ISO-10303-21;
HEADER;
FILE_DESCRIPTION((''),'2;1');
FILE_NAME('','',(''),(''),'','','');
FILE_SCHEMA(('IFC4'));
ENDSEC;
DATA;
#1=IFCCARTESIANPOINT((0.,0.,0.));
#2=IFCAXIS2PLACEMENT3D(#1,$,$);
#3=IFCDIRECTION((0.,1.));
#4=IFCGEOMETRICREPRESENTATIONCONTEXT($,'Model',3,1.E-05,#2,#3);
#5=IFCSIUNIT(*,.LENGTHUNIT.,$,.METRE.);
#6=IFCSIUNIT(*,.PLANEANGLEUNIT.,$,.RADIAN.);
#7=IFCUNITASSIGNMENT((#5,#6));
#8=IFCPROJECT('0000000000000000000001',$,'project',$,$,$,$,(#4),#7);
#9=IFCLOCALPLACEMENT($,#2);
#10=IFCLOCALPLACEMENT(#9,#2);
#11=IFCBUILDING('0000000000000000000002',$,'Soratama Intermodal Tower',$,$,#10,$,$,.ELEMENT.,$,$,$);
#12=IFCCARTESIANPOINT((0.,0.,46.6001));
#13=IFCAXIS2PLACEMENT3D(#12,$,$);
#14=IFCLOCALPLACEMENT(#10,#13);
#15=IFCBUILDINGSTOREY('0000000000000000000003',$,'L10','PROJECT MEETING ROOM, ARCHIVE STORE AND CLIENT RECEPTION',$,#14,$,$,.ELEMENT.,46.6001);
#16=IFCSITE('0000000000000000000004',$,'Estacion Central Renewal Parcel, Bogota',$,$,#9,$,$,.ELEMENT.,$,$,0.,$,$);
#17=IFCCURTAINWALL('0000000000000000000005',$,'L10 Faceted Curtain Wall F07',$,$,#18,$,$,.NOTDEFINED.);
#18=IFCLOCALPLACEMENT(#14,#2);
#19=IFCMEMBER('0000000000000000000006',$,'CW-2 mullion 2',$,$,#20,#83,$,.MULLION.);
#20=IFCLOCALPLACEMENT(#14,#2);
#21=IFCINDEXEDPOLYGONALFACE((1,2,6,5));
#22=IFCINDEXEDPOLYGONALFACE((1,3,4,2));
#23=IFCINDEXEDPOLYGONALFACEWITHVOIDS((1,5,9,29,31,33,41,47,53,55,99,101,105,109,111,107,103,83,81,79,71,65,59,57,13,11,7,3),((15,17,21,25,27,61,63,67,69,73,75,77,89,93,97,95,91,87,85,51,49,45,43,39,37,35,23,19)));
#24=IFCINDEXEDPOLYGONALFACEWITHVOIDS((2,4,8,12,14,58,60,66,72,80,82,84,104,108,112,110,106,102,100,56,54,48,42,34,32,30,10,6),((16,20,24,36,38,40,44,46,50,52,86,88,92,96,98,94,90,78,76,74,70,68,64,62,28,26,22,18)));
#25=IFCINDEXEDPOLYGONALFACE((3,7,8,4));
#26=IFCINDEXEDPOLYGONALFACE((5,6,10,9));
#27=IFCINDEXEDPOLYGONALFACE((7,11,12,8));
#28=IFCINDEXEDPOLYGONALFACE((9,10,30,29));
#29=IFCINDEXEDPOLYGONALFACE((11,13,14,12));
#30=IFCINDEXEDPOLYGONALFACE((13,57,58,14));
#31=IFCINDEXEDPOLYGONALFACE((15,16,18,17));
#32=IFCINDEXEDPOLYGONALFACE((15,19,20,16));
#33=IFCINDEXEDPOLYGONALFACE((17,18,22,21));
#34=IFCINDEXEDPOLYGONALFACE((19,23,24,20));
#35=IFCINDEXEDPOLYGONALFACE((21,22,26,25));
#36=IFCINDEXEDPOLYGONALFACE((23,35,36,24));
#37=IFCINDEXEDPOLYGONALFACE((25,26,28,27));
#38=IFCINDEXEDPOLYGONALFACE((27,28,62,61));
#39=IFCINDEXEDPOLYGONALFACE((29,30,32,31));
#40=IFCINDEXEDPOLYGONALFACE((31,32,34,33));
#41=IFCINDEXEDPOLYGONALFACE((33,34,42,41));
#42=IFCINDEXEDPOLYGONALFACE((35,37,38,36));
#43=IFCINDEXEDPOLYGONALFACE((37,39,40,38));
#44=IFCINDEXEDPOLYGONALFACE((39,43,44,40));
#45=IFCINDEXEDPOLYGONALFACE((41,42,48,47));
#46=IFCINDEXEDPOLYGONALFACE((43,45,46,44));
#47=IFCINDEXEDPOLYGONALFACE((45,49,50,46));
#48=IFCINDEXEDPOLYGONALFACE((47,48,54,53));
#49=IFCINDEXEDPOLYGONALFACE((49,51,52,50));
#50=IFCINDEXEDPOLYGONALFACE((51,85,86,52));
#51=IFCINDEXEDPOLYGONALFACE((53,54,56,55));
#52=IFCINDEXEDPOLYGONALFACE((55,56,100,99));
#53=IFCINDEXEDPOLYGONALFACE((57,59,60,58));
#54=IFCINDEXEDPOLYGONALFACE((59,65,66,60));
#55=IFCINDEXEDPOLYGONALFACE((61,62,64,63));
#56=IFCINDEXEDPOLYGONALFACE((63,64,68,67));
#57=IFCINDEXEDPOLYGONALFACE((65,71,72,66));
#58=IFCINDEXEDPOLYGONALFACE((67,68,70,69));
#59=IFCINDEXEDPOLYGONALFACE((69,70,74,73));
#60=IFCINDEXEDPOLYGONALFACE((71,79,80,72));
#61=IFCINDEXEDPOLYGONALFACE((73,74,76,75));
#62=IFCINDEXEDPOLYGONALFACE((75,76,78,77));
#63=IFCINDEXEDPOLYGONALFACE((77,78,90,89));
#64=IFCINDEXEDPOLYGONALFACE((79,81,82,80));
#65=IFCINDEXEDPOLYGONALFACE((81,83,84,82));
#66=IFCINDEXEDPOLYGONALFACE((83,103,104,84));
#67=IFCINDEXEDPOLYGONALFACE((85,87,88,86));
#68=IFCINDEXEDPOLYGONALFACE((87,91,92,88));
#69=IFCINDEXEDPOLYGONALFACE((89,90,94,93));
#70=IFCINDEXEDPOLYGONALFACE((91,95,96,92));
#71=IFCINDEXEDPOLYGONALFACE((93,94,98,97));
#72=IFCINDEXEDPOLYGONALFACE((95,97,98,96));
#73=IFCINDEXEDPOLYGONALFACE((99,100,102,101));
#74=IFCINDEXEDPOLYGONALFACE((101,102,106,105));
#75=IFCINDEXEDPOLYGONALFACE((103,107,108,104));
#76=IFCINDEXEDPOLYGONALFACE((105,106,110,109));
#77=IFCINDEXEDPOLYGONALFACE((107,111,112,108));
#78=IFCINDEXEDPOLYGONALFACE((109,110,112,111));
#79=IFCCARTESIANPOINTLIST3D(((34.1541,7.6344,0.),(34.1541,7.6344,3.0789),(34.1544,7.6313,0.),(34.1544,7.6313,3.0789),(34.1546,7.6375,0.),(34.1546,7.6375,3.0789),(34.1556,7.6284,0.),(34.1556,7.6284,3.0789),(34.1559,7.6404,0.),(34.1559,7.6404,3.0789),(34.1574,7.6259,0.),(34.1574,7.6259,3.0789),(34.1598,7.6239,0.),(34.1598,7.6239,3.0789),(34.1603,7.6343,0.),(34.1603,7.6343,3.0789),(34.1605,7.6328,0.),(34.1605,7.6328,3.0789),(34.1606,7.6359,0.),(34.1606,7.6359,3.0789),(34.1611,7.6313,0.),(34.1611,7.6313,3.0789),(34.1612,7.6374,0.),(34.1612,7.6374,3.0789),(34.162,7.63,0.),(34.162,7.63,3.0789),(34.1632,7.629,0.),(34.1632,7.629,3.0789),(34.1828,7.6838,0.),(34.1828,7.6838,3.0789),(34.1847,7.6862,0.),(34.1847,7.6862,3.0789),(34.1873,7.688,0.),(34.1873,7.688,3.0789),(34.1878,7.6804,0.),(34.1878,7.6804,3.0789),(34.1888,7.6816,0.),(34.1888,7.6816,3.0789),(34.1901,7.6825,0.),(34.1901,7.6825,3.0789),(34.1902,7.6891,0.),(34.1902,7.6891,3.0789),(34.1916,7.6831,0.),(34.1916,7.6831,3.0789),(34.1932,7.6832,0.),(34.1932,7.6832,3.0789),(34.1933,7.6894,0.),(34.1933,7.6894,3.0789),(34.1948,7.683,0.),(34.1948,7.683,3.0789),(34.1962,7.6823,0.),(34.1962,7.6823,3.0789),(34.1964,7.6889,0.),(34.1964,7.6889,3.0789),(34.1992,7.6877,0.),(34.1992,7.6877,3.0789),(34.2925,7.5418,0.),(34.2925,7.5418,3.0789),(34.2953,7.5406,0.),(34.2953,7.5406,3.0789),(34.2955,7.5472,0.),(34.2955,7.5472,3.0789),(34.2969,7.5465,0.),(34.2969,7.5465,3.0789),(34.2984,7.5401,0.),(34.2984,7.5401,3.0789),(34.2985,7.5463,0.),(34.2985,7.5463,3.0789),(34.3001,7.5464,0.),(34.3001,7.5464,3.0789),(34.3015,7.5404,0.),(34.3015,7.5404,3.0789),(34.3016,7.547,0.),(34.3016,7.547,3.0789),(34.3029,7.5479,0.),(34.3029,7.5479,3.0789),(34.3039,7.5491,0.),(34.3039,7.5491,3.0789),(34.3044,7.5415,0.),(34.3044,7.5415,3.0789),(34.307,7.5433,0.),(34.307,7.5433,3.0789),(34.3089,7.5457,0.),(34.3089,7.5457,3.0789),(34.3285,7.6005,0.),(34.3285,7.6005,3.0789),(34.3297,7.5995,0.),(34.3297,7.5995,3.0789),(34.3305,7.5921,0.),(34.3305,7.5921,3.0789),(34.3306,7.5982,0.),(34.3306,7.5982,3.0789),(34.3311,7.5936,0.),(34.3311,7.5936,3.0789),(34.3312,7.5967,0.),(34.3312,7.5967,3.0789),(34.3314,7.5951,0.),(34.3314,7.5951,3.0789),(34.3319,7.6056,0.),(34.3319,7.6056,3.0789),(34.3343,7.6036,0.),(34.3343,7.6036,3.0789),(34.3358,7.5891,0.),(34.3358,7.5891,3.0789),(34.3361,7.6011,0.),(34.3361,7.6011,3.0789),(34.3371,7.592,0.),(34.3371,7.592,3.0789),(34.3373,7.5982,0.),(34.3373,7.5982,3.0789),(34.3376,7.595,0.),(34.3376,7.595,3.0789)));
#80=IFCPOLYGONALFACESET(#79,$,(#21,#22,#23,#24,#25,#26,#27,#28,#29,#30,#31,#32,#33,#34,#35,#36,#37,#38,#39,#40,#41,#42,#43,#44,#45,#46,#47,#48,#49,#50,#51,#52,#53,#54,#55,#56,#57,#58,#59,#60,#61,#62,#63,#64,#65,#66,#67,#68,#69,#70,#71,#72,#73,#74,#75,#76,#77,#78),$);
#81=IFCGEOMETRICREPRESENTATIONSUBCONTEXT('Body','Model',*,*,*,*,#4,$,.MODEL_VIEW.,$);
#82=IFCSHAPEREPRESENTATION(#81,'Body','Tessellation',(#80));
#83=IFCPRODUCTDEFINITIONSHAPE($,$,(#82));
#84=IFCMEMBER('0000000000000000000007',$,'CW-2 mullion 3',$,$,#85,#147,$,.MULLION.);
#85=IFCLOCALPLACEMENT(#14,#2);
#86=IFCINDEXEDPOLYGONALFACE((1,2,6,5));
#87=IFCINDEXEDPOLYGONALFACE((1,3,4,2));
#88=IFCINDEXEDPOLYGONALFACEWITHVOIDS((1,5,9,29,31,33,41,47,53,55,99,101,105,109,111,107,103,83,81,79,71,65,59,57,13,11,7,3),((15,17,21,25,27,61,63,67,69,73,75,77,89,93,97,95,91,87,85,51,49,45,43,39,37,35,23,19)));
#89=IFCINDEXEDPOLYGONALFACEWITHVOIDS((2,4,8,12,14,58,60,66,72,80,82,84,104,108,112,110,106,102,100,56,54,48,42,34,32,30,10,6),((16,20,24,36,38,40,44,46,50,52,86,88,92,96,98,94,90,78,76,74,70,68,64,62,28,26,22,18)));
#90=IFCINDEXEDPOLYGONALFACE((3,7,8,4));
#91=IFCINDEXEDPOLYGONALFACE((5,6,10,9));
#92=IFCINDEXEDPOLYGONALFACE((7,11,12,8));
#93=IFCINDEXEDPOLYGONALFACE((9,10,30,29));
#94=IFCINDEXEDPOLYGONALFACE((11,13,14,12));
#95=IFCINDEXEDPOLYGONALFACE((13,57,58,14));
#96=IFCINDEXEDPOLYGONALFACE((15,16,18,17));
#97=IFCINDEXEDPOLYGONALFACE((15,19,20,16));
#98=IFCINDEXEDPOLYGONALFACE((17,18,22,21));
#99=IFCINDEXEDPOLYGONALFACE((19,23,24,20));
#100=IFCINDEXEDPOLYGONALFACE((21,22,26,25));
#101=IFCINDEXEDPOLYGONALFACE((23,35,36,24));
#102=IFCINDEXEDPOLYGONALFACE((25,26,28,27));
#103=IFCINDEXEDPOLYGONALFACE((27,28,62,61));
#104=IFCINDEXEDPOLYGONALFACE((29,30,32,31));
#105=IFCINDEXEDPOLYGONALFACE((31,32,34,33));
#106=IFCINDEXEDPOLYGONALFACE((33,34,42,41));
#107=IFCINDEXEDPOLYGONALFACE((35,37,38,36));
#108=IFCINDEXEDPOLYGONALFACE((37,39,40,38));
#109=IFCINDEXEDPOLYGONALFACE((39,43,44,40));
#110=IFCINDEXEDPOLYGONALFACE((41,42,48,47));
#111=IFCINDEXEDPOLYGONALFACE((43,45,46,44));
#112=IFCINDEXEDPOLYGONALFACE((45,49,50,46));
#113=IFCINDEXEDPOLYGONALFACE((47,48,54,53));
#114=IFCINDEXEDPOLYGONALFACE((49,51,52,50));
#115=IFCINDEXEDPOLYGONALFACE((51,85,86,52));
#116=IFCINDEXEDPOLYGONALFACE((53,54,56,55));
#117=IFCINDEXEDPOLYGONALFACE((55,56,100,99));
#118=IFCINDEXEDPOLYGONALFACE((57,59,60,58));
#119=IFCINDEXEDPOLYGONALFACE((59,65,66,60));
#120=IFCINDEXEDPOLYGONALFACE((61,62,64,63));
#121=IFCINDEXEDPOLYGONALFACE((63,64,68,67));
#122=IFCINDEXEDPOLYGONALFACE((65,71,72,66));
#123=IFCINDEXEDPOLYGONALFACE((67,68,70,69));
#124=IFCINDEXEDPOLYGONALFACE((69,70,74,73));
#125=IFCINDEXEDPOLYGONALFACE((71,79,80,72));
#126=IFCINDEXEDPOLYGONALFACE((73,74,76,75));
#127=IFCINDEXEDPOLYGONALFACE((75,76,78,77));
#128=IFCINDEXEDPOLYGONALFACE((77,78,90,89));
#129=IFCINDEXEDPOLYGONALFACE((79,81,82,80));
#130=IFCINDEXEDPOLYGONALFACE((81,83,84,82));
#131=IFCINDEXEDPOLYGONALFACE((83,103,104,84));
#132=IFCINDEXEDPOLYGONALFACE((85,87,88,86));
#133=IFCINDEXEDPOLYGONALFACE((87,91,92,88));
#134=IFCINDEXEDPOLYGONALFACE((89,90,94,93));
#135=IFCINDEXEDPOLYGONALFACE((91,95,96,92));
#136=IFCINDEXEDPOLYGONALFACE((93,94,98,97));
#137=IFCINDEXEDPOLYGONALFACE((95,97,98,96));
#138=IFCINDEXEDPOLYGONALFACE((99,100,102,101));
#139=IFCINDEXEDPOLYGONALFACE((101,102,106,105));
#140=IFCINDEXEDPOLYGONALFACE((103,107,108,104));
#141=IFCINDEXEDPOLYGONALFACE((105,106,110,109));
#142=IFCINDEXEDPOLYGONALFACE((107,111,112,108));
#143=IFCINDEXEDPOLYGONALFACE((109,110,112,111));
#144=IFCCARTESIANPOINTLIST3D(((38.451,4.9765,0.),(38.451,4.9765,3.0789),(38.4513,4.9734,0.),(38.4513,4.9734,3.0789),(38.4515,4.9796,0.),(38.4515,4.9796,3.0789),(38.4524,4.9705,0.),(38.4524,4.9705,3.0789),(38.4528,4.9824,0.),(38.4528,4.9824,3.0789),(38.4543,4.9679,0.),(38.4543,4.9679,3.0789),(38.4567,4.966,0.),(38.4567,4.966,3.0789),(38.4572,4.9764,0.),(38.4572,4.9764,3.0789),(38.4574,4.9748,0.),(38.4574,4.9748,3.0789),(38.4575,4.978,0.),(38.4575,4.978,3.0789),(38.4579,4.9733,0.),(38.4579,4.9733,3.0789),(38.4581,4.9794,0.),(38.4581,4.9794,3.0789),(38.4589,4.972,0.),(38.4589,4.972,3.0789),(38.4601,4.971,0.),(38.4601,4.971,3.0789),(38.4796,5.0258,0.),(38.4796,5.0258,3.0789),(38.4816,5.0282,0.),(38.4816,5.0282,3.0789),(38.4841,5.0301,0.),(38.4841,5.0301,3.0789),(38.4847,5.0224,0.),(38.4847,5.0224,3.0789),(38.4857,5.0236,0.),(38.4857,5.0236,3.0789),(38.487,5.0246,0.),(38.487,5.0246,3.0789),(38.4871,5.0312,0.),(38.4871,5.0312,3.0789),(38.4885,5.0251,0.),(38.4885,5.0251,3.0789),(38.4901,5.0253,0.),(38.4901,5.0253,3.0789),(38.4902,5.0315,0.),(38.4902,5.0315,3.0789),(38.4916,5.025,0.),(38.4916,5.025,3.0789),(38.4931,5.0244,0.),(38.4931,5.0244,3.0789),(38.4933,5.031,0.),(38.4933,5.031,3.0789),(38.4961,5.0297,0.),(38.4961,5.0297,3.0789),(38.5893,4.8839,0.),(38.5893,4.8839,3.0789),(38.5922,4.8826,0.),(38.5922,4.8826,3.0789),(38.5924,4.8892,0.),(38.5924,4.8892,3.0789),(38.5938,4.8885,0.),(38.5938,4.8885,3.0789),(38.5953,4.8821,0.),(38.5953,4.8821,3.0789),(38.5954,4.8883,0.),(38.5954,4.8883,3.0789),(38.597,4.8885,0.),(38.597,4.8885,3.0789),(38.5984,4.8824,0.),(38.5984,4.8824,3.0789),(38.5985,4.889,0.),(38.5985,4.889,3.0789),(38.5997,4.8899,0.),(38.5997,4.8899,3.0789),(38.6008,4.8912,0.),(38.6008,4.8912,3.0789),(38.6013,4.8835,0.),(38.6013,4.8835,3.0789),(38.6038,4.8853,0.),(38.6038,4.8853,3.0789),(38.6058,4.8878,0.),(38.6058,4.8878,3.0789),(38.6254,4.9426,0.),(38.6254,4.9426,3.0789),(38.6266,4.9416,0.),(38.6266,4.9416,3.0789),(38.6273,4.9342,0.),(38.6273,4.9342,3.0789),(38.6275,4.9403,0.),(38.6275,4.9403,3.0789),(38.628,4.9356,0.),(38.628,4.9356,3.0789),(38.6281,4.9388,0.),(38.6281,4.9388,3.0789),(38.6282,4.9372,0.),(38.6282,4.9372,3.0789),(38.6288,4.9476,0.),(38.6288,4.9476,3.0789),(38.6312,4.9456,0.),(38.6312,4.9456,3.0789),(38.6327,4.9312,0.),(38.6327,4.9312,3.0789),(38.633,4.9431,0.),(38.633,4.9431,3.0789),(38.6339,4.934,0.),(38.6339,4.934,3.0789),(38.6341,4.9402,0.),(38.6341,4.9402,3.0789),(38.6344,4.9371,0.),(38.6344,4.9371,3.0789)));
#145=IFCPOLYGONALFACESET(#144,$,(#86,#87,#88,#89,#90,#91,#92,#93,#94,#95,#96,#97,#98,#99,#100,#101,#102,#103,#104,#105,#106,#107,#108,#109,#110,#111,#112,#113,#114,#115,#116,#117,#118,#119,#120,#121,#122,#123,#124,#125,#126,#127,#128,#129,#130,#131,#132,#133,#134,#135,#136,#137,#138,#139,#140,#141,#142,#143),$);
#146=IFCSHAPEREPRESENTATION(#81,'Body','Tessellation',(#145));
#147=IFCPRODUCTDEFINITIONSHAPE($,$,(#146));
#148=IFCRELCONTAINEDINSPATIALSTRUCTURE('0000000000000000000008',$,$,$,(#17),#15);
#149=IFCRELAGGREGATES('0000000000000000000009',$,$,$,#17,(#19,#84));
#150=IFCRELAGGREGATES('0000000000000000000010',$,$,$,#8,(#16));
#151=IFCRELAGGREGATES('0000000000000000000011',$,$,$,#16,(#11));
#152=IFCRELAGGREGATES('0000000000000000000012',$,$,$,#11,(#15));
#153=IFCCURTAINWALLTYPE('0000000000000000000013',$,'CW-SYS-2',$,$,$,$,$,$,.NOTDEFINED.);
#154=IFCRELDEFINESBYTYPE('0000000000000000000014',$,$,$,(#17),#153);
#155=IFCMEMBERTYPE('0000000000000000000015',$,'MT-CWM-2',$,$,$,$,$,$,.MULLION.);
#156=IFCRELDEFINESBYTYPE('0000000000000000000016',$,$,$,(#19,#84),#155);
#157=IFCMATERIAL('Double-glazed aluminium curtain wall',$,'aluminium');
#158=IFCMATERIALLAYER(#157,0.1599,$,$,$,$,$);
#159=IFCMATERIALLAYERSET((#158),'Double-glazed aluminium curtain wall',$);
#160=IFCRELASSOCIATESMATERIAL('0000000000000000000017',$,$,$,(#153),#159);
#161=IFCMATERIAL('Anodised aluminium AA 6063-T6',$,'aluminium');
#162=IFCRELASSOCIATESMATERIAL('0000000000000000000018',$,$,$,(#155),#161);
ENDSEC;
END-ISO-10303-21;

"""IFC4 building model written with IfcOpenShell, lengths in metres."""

from ifc_helpers import new_model, si_unit, direction, frame, origin, origin_2d, place, context, subcontext, project, spatial, hollow_rectangle, extrude, material, layer, layer_set, material_profile, profile_set, type_object, element, aggregate, save


model = new_model("IFC4")

# Units and contexts
model_context = context("Model", 3, precision=1e-05, world=origin(), true_north=direction((0.0, 1.0)))
body_context = subcontext(model_context, "Body", "Model", "MODEL_VIEW")
ifc_project = project(units=[si_unit("LENGTHUNIT", "METRE"), si_unit("PLANEANGLEUNIT", "RADIAN")], contexts=[model_context])

# Site, building, storey
site_placement = place(None, origin())
site = spatial("IfcSite", under=ifc_project, at=site_placement, Name="Estacion Central Renewal Parcel, Bogota", CompositionType="ELEMENT", RefElevation=0.0)
building_placement = place(site_placement, origin())
building = spatial("IfcBuilding", under=site, at=building_placement, Name="Soratama Intermodal Tower", CompositionType="ELEMENT")
storey_placement = place(building_placement, frame((0.0, 0.0, 46.6001)))
storey = spatial("IfcBuildingStorey", under=building, at=storey_placement, Name="L10", Description="PROJECT MEETING ROOM, ARCHIVE STORE AND CLIENT RECEPTION", CompositionType="ELEMENT", Elevation=46.6001)

# Curtain wall, members
ifc_material_1 = material(Name="Double-glazed aluminium curtain wall", Category="aluminium")
ifc_layer_1 = layer(ifc_material_1, 0.1599)
ifc_layer_set_1 = layer_set([ifc_layer_1], Name="Double-glazed aluminium curtain wall")
curtain_wall_type = type_object("IfcCurtainWallType", Name="CW-SYS-2", PredefinedType="NOTDEFINED", material=ifc_layer_set_1)
curtain_wall_placement = place(storey_placement, origin())
curtain_wall = element("IfcCurtainWall", 1, at=curtain_wall_placement, inside=storey, type_object=curtain_wall_type, Name="L10 Faceted Curtain Wall F07", PredefinedType="NOTDEFINED")
ifc_material_2 = material(Name="Anodised aluminium AA 6063-T6", Category="aluminium")
ifc_material_profile_1 = material_profile(ifc_material_2, hollow_rectangle(XDim=0.075, YDim=0.1799, WallThickness=0.0061, InnerFilletRadius=0.0061, OuterFilletRadius=0.012, at=origin_2d()), Name="CWM180X75X6")
ifc_profile_set_1 = profile_set([ifc_material_profile_1], Name="Anodised aluminium AA 6063-T6")
member_type_1 = type_object("IfcMemberType", Name="MT-CWM-2", PredefinedType="MULLION", material=ifc_profile_set_1)
member_1_placement = place(storey_placement, frame((34.2458, 7.6147, 0.0), z_axis=(0.0, 0.0, 1.0), x_axis=(0.526058, 0.850449, 0.0)))
member_1 = element("IfcMember", 2, at=member_1_placement, type_object=member_type_1, Name="CW-2 mullion 2", PredefinedType="MULLION", context=body_context, shape_type="SweptSolid", body=[
    extrude(hollow_rectangle(XDim=0.075, YDim=0.1799, WallThickness=0.0061, InnerFilletRadius=0.0061, OuterFilletRadius=0.012, at=origin_2d()), origin(), (0.0, 0.0, 1.0), 3.0789),
])
member_2_placement = place(storey_placement, frame((38.5427, 4.9568, 0.0), z_axis=(0.0, 0.0, 1.0), x_axis=(0.526058, 0.850449, 0.0)))
member_2 = element("IfcMember", 3, at=member_2_placement, type_object=member_type_1, Name="CW-2 mullion 3", PredefinedType="MULLION", context=body_context, shape_type="SweptSolid", body=[
    extrude(hollow_rectangle(XDim=0.075, YDim=0.1799, WallThickness=0.0061, InnerFilletRadius=0.0061, OuterFilletRadius=0.012, at=origin_2d()), origin(), (0.0, 0.0, 1.0), 3.0789),
])
aggregate(curtain_wall, [member_1, member_2])

save(model, "model.ifc")
